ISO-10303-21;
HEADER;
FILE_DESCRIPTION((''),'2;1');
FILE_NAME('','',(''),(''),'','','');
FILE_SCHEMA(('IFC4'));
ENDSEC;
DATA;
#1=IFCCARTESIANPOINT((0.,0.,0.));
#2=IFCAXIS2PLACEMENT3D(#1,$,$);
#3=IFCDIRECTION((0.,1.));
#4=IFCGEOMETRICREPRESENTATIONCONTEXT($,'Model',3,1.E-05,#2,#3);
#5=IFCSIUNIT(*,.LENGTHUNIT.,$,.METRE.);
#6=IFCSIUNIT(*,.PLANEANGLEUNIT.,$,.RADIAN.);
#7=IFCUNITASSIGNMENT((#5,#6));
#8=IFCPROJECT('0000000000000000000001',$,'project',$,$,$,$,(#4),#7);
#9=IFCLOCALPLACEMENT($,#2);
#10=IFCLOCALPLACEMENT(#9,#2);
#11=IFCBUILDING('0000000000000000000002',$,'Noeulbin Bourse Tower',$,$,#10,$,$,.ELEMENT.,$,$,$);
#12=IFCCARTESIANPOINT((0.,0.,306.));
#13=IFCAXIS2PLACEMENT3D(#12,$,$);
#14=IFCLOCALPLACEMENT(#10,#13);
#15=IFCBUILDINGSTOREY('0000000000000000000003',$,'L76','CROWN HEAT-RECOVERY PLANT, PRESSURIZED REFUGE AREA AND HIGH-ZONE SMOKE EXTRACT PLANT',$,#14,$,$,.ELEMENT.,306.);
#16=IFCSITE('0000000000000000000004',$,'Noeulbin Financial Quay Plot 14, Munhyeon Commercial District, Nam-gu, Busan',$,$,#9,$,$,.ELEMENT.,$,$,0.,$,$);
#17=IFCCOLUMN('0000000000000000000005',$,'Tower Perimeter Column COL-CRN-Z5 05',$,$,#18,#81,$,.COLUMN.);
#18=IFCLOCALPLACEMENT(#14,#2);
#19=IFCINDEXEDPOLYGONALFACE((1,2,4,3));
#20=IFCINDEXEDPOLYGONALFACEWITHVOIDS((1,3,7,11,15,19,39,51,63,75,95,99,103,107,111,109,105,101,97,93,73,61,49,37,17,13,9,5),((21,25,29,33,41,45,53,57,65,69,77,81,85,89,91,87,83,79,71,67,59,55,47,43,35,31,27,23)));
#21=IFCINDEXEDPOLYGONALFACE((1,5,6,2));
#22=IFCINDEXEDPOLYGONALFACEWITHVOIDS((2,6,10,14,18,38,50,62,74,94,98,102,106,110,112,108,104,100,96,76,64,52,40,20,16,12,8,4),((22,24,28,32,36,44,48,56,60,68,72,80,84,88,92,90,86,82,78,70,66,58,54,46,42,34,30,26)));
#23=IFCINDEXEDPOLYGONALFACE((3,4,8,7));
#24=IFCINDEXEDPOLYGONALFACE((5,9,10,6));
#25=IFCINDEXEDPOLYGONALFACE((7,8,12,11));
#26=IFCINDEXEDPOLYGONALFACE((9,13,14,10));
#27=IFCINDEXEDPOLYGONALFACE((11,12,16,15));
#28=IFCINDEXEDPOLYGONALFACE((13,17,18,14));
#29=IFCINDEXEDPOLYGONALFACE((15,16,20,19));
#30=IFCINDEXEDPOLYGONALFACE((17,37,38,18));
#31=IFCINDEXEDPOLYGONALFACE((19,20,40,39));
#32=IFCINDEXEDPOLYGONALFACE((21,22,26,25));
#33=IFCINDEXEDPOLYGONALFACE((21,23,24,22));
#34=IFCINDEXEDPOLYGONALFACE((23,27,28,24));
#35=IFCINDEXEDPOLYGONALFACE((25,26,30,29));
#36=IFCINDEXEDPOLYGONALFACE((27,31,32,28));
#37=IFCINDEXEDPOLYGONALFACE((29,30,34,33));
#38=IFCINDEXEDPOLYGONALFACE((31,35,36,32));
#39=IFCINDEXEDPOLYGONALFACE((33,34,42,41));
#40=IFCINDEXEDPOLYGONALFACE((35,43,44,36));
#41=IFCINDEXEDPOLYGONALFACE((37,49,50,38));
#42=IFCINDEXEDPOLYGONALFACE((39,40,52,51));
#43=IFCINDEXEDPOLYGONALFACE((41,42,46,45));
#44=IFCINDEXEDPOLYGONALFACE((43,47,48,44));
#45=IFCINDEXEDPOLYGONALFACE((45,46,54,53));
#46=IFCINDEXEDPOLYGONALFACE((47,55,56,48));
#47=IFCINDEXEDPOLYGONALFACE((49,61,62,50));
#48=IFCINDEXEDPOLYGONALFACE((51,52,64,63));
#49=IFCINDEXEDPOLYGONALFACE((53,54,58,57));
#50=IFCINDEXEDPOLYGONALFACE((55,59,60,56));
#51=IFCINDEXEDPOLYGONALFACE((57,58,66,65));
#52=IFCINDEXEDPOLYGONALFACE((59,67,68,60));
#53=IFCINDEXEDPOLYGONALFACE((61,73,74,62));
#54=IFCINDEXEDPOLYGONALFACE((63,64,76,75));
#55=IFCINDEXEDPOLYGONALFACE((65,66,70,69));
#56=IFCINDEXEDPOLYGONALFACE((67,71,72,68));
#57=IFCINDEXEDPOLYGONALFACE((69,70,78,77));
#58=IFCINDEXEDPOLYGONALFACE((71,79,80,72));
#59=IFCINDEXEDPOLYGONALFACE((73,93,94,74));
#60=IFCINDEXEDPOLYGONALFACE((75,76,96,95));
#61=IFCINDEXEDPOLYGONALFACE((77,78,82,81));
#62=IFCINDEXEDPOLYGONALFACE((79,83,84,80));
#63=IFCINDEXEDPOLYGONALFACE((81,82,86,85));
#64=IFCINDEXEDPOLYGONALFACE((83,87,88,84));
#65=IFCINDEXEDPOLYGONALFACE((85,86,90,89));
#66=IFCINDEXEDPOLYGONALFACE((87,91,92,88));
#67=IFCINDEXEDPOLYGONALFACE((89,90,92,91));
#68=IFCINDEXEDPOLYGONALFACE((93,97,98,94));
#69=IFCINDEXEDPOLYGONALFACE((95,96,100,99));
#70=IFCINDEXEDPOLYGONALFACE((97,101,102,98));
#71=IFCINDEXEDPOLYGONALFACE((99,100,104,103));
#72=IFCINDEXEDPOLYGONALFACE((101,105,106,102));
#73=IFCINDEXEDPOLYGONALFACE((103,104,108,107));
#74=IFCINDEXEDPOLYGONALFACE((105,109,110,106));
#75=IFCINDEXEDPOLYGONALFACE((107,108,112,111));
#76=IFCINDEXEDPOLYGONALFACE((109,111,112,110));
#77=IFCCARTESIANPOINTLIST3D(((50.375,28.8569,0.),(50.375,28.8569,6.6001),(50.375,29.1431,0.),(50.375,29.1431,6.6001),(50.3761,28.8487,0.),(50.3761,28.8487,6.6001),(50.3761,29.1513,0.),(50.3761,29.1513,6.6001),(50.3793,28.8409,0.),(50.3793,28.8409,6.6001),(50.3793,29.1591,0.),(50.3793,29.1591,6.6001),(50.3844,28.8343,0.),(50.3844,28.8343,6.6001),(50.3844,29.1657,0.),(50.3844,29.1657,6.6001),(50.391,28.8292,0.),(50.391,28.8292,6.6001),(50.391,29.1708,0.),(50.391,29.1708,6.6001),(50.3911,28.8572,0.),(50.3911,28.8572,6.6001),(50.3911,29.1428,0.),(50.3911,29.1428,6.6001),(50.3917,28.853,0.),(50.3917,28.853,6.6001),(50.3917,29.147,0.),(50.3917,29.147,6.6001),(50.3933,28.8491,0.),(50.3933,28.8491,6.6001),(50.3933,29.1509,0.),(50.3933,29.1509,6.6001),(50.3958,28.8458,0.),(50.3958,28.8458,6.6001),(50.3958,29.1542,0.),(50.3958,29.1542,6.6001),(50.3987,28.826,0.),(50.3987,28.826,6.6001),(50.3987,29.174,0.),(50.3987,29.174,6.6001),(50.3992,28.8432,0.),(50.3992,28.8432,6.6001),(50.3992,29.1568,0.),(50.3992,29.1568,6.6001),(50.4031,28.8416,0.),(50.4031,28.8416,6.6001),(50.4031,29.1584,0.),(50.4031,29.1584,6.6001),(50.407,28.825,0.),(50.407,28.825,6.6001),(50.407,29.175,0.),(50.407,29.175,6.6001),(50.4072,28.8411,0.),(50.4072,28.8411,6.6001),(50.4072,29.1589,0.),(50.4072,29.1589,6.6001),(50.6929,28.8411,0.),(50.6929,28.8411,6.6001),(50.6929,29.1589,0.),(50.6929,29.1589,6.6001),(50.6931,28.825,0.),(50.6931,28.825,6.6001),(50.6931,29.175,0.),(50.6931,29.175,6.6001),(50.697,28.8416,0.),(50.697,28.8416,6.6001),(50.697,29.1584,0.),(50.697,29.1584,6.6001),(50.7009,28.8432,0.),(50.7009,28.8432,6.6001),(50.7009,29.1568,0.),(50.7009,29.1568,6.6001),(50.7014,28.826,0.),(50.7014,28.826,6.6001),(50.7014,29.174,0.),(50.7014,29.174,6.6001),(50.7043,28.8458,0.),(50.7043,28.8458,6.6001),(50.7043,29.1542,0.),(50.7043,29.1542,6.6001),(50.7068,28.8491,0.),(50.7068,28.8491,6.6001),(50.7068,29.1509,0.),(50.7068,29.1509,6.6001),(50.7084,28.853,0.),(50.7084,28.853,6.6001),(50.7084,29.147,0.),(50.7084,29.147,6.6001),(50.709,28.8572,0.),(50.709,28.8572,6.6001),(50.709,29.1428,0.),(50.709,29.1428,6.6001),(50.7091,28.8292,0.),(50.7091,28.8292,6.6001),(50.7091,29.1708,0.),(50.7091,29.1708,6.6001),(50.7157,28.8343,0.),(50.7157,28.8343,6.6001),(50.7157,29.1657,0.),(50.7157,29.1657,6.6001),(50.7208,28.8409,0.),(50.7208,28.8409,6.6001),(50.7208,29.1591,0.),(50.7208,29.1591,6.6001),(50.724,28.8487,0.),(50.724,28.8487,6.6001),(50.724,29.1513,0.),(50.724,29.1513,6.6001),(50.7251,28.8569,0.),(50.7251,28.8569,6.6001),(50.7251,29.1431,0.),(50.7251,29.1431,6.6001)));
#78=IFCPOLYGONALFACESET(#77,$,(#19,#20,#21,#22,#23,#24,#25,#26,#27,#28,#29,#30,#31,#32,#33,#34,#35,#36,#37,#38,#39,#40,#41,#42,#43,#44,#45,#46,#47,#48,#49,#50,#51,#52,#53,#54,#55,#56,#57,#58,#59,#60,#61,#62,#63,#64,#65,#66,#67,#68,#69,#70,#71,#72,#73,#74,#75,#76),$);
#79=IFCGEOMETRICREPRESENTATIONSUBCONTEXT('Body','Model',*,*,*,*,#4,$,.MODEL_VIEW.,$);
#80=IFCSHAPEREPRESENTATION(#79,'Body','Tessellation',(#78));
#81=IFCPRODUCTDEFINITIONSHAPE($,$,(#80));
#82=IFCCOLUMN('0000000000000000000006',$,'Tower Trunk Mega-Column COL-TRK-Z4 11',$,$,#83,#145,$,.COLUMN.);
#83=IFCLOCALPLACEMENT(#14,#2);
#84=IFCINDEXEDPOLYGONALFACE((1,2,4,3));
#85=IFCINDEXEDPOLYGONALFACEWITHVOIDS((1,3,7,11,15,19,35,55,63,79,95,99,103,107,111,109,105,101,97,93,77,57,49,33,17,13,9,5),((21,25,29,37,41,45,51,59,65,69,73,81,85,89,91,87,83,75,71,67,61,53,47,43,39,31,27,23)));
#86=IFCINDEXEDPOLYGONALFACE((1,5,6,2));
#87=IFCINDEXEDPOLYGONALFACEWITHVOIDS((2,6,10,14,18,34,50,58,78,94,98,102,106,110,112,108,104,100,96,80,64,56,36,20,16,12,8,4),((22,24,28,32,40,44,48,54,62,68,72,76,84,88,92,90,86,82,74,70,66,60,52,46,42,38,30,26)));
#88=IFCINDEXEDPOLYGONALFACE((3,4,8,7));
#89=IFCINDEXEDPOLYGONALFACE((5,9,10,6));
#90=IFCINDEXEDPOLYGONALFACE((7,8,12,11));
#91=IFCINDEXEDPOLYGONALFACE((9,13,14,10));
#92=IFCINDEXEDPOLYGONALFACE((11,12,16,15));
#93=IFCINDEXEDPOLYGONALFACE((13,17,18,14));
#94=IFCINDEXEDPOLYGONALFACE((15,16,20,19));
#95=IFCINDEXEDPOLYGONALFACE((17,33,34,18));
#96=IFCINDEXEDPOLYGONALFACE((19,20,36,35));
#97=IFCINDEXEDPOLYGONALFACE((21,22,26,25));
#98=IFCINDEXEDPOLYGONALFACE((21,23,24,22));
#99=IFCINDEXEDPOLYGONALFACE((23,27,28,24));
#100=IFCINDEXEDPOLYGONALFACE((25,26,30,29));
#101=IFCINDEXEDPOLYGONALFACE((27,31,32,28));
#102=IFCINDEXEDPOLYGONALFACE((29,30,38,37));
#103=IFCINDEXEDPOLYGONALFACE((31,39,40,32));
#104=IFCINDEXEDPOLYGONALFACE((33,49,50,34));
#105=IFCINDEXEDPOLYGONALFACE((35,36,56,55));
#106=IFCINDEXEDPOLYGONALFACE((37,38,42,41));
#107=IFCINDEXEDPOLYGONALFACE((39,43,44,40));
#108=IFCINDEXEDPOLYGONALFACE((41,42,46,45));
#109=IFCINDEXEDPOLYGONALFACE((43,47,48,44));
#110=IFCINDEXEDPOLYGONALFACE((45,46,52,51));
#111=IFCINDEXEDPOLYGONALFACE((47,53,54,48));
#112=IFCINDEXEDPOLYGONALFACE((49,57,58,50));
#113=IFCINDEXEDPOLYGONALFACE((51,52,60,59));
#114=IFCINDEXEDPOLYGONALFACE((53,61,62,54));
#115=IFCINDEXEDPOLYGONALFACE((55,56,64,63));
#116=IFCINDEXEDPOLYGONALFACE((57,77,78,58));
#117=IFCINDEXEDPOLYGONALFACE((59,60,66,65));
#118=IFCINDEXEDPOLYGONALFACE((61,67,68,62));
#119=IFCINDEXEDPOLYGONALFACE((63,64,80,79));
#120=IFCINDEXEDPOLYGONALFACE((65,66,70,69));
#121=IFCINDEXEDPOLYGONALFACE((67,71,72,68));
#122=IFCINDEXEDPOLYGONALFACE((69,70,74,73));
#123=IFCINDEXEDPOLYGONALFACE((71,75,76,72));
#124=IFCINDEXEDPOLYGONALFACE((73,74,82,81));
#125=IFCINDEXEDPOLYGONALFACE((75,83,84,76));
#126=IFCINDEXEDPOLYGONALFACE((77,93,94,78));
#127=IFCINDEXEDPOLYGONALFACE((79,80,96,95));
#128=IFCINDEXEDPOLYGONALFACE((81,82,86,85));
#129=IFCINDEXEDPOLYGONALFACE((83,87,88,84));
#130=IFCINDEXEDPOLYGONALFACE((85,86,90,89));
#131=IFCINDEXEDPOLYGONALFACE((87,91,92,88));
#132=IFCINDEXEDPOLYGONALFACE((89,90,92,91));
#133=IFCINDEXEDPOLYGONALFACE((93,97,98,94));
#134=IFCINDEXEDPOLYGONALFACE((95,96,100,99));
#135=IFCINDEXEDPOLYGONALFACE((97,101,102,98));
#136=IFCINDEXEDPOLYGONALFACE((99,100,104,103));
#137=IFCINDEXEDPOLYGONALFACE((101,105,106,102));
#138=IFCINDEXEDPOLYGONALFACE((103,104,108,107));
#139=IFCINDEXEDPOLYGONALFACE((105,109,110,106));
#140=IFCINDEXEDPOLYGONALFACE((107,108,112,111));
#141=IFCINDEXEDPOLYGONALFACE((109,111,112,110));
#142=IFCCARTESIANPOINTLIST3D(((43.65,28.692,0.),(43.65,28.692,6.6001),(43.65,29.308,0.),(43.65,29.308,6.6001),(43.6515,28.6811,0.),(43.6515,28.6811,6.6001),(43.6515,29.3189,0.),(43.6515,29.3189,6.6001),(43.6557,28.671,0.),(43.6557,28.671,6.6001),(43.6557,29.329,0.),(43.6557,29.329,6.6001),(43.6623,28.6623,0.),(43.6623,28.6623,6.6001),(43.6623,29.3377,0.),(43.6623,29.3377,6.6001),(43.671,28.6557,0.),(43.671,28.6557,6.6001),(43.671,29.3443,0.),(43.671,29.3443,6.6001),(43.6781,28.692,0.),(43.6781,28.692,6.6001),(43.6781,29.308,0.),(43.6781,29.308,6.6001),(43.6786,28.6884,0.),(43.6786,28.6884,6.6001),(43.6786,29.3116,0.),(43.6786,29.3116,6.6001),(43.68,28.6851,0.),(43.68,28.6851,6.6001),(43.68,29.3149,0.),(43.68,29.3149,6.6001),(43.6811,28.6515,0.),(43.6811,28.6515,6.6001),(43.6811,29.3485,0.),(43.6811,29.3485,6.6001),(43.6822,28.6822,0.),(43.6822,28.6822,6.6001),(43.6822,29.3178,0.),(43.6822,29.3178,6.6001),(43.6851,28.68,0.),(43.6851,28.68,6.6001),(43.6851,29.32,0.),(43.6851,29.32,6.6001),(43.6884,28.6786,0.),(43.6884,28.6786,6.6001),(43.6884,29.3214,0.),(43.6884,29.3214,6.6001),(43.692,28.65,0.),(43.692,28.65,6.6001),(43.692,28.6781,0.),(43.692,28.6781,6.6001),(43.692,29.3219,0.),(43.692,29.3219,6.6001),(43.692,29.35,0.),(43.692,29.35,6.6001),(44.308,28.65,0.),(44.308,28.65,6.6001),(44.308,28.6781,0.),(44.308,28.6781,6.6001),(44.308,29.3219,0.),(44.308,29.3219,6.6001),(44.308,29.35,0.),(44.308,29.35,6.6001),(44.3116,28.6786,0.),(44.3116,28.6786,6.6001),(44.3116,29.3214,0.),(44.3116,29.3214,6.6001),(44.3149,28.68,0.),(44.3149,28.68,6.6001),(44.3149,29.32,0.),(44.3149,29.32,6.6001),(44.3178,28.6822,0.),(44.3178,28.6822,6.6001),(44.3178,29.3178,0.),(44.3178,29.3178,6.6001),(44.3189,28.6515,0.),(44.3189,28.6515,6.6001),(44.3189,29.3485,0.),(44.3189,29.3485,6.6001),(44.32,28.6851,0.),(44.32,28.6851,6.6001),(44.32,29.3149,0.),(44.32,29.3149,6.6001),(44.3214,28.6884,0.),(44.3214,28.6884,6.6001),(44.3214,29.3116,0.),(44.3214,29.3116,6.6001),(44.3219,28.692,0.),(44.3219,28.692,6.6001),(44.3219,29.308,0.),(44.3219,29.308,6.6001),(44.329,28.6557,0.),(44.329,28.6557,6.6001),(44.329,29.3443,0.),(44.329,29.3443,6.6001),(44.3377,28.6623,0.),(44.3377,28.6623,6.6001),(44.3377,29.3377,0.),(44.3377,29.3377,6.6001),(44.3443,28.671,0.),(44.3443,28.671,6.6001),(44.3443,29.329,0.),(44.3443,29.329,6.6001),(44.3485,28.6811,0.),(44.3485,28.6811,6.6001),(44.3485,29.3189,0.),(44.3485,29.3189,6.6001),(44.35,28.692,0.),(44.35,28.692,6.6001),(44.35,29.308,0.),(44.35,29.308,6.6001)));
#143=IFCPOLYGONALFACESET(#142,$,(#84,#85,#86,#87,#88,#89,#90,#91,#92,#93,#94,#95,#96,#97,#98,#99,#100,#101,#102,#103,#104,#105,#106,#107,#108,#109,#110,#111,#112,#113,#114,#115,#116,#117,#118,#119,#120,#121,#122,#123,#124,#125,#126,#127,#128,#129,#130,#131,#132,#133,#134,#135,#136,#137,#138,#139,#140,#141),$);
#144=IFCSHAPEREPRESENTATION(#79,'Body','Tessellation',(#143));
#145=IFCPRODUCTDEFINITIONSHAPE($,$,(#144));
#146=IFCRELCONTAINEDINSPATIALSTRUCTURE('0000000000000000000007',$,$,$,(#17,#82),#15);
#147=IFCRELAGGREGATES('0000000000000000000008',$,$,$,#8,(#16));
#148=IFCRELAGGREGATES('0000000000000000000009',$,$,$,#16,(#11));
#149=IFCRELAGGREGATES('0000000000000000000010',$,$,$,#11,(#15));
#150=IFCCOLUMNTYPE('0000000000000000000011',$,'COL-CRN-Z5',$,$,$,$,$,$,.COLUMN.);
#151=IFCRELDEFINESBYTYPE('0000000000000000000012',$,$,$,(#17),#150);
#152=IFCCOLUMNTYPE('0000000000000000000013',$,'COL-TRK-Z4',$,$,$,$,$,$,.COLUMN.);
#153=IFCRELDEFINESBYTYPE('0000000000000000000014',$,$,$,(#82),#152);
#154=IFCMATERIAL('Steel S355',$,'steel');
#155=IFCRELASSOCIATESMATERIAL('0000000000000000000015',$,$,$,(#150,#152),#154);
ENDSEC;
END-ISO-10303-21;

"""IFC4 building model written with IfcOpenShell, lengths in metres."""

from ifc_helpers import new_model, si_unit, direction, frame, origin, origin_2d, place, context, subcontext, project, spatial, hollow_rectangle, extrude, material, material_profile, profile_set, type_object, element, save


model = new_model("IFC4")

# Units and contexts
model_context = context("Model", 3, precision=1e-05, world=origin(), true_north=direction((0.0, 1.0)))
body_context = subcontext(model_context, "Body", "Model", "MODEL_VIEW")
ifc_project = project(units=[si_unit("LENGTHUNIT", "METRE"), si_unit("PLANEANGLEUNIT", "RADIAN")], contexts=[model_context])

# Site, building, storey
site_placement = place(None, origin())
site = spatial("IfcSite", under=ifc_project, at=site_placement, Name="Noeulbin Financial Quay Plot 14, Munhyeon Commercial District, Nam-gu, Busan", CompositionType="ELEMENT", RefElevation=0.0)
building_placement = place(site_placement, origin())
building = spatial("IfcBuilding", under=site, at=building_placement, Name="Noeulbin Bourse Tower", CompositionType="ELEMENT")
storey_placement = place(building_placement, frame((0.0, 0.0, 306.0)))
storey = spatial("IfcBuildingStorey", under=building, at=storey_placement, Name="L76", Description="CROWN HEAT-RECOVERY PLANT, PRESSURIZED REFUGE AREA AND HIGH-ZONE SMOKE EXTRACT PLANT", CompositionType="ELEMENT", Elevation=306.0)

# Columns
ifc_material_1 = material(Name="Steel S355", Category="steel")
ifc_material_profile_1 = material_profile(ifc_material_1, hollow_rectangle(XDim=0.3501, YDim=0.3501, WallThickness=0.0161, InnerFilletRadius=0.0161, OuterFilletRadius=0.032, at=origin_2d()), Name="SHS-350x350x16", Category="LoadBearing")
ifc_profile_set_1 = profile_set([ifc_material_profile_1], Name="Steel S355")
column_type_1 = type_object("IfcColumnType", Name="COL-CRN-Z5", PredefinedType="COLUMN", material=ifc_profile_set_1)
column_placement = place(storey_placement, frame((50.55, 29.0, 0.0), z_axis=(0.0, 0.0, 1.0), x_axis=(1.0, 0.0, 0.0)))
element("IfcColumn", 1, at=column_placement, inside=storey, type_object=column_type_1, Name="Tower Perimeter Column COL-CRN-Z5 05", PredefinedType="COLUMN", context=body_context, shape_type="SweptSolid", body=[
    extrude(hollow_rectangle(XDim=0.3501, YDim=0.3501, WallThickness=0.0161, InnerFilletRadius=0.0161, OuterFilletRadius=0.032, at=origin_2d()), origin(), (0.0, 0.0, 1.0), 6.6001),
])
ifc_material_profile_2 = material_profile(ifc_material_1, hollow_rectangle(XDim=0.7, YDim=0.7, WallThickness=0.0281, InnerFilletRadius=0.0139, OuterFilletRadius=0.042, at=origin_2d()), Name="BOX-700x700x28", Category="LoadBearing")
ifc_profile_set_2 = profile_set([ifc_material_profile_2], Name="Steel S355")
column_type_2 = type_object("IfcColumnType", Name="COL-TRK-Z4", PredefinedType="COLUMN", material=ifc_profile_set_2)
for number, where, z_axis, x_axis, name in (
    (2, (44.0, 29.0, 0.0), (0.0, 0.0, 1.0), (1.0, 0.0, 0.0), "Tower Trunk Mega-Column COL-TRK-Z4 11"),
):
    element("IfcColumn", number, at=place(storey_placement, frame(where, z_axis=z_axis, x_axis=x_axis)), inside=storey, type_object=column_type_2, Name=name, PredefinedType="COLUMN", context=body_context, shape_type="SweptSolid", body=[
        extrude(hollow_rectangle(XDim=0.7, YDim=0.7, WallThickness=0.0281, InnerFilletRadius=0.0139, OuterFilletRadius=0.042, at=origin_2d()), origin(), (0.0, 0.0, 1.0), 6.6001),
    ])

save(model, "model.ifc")
